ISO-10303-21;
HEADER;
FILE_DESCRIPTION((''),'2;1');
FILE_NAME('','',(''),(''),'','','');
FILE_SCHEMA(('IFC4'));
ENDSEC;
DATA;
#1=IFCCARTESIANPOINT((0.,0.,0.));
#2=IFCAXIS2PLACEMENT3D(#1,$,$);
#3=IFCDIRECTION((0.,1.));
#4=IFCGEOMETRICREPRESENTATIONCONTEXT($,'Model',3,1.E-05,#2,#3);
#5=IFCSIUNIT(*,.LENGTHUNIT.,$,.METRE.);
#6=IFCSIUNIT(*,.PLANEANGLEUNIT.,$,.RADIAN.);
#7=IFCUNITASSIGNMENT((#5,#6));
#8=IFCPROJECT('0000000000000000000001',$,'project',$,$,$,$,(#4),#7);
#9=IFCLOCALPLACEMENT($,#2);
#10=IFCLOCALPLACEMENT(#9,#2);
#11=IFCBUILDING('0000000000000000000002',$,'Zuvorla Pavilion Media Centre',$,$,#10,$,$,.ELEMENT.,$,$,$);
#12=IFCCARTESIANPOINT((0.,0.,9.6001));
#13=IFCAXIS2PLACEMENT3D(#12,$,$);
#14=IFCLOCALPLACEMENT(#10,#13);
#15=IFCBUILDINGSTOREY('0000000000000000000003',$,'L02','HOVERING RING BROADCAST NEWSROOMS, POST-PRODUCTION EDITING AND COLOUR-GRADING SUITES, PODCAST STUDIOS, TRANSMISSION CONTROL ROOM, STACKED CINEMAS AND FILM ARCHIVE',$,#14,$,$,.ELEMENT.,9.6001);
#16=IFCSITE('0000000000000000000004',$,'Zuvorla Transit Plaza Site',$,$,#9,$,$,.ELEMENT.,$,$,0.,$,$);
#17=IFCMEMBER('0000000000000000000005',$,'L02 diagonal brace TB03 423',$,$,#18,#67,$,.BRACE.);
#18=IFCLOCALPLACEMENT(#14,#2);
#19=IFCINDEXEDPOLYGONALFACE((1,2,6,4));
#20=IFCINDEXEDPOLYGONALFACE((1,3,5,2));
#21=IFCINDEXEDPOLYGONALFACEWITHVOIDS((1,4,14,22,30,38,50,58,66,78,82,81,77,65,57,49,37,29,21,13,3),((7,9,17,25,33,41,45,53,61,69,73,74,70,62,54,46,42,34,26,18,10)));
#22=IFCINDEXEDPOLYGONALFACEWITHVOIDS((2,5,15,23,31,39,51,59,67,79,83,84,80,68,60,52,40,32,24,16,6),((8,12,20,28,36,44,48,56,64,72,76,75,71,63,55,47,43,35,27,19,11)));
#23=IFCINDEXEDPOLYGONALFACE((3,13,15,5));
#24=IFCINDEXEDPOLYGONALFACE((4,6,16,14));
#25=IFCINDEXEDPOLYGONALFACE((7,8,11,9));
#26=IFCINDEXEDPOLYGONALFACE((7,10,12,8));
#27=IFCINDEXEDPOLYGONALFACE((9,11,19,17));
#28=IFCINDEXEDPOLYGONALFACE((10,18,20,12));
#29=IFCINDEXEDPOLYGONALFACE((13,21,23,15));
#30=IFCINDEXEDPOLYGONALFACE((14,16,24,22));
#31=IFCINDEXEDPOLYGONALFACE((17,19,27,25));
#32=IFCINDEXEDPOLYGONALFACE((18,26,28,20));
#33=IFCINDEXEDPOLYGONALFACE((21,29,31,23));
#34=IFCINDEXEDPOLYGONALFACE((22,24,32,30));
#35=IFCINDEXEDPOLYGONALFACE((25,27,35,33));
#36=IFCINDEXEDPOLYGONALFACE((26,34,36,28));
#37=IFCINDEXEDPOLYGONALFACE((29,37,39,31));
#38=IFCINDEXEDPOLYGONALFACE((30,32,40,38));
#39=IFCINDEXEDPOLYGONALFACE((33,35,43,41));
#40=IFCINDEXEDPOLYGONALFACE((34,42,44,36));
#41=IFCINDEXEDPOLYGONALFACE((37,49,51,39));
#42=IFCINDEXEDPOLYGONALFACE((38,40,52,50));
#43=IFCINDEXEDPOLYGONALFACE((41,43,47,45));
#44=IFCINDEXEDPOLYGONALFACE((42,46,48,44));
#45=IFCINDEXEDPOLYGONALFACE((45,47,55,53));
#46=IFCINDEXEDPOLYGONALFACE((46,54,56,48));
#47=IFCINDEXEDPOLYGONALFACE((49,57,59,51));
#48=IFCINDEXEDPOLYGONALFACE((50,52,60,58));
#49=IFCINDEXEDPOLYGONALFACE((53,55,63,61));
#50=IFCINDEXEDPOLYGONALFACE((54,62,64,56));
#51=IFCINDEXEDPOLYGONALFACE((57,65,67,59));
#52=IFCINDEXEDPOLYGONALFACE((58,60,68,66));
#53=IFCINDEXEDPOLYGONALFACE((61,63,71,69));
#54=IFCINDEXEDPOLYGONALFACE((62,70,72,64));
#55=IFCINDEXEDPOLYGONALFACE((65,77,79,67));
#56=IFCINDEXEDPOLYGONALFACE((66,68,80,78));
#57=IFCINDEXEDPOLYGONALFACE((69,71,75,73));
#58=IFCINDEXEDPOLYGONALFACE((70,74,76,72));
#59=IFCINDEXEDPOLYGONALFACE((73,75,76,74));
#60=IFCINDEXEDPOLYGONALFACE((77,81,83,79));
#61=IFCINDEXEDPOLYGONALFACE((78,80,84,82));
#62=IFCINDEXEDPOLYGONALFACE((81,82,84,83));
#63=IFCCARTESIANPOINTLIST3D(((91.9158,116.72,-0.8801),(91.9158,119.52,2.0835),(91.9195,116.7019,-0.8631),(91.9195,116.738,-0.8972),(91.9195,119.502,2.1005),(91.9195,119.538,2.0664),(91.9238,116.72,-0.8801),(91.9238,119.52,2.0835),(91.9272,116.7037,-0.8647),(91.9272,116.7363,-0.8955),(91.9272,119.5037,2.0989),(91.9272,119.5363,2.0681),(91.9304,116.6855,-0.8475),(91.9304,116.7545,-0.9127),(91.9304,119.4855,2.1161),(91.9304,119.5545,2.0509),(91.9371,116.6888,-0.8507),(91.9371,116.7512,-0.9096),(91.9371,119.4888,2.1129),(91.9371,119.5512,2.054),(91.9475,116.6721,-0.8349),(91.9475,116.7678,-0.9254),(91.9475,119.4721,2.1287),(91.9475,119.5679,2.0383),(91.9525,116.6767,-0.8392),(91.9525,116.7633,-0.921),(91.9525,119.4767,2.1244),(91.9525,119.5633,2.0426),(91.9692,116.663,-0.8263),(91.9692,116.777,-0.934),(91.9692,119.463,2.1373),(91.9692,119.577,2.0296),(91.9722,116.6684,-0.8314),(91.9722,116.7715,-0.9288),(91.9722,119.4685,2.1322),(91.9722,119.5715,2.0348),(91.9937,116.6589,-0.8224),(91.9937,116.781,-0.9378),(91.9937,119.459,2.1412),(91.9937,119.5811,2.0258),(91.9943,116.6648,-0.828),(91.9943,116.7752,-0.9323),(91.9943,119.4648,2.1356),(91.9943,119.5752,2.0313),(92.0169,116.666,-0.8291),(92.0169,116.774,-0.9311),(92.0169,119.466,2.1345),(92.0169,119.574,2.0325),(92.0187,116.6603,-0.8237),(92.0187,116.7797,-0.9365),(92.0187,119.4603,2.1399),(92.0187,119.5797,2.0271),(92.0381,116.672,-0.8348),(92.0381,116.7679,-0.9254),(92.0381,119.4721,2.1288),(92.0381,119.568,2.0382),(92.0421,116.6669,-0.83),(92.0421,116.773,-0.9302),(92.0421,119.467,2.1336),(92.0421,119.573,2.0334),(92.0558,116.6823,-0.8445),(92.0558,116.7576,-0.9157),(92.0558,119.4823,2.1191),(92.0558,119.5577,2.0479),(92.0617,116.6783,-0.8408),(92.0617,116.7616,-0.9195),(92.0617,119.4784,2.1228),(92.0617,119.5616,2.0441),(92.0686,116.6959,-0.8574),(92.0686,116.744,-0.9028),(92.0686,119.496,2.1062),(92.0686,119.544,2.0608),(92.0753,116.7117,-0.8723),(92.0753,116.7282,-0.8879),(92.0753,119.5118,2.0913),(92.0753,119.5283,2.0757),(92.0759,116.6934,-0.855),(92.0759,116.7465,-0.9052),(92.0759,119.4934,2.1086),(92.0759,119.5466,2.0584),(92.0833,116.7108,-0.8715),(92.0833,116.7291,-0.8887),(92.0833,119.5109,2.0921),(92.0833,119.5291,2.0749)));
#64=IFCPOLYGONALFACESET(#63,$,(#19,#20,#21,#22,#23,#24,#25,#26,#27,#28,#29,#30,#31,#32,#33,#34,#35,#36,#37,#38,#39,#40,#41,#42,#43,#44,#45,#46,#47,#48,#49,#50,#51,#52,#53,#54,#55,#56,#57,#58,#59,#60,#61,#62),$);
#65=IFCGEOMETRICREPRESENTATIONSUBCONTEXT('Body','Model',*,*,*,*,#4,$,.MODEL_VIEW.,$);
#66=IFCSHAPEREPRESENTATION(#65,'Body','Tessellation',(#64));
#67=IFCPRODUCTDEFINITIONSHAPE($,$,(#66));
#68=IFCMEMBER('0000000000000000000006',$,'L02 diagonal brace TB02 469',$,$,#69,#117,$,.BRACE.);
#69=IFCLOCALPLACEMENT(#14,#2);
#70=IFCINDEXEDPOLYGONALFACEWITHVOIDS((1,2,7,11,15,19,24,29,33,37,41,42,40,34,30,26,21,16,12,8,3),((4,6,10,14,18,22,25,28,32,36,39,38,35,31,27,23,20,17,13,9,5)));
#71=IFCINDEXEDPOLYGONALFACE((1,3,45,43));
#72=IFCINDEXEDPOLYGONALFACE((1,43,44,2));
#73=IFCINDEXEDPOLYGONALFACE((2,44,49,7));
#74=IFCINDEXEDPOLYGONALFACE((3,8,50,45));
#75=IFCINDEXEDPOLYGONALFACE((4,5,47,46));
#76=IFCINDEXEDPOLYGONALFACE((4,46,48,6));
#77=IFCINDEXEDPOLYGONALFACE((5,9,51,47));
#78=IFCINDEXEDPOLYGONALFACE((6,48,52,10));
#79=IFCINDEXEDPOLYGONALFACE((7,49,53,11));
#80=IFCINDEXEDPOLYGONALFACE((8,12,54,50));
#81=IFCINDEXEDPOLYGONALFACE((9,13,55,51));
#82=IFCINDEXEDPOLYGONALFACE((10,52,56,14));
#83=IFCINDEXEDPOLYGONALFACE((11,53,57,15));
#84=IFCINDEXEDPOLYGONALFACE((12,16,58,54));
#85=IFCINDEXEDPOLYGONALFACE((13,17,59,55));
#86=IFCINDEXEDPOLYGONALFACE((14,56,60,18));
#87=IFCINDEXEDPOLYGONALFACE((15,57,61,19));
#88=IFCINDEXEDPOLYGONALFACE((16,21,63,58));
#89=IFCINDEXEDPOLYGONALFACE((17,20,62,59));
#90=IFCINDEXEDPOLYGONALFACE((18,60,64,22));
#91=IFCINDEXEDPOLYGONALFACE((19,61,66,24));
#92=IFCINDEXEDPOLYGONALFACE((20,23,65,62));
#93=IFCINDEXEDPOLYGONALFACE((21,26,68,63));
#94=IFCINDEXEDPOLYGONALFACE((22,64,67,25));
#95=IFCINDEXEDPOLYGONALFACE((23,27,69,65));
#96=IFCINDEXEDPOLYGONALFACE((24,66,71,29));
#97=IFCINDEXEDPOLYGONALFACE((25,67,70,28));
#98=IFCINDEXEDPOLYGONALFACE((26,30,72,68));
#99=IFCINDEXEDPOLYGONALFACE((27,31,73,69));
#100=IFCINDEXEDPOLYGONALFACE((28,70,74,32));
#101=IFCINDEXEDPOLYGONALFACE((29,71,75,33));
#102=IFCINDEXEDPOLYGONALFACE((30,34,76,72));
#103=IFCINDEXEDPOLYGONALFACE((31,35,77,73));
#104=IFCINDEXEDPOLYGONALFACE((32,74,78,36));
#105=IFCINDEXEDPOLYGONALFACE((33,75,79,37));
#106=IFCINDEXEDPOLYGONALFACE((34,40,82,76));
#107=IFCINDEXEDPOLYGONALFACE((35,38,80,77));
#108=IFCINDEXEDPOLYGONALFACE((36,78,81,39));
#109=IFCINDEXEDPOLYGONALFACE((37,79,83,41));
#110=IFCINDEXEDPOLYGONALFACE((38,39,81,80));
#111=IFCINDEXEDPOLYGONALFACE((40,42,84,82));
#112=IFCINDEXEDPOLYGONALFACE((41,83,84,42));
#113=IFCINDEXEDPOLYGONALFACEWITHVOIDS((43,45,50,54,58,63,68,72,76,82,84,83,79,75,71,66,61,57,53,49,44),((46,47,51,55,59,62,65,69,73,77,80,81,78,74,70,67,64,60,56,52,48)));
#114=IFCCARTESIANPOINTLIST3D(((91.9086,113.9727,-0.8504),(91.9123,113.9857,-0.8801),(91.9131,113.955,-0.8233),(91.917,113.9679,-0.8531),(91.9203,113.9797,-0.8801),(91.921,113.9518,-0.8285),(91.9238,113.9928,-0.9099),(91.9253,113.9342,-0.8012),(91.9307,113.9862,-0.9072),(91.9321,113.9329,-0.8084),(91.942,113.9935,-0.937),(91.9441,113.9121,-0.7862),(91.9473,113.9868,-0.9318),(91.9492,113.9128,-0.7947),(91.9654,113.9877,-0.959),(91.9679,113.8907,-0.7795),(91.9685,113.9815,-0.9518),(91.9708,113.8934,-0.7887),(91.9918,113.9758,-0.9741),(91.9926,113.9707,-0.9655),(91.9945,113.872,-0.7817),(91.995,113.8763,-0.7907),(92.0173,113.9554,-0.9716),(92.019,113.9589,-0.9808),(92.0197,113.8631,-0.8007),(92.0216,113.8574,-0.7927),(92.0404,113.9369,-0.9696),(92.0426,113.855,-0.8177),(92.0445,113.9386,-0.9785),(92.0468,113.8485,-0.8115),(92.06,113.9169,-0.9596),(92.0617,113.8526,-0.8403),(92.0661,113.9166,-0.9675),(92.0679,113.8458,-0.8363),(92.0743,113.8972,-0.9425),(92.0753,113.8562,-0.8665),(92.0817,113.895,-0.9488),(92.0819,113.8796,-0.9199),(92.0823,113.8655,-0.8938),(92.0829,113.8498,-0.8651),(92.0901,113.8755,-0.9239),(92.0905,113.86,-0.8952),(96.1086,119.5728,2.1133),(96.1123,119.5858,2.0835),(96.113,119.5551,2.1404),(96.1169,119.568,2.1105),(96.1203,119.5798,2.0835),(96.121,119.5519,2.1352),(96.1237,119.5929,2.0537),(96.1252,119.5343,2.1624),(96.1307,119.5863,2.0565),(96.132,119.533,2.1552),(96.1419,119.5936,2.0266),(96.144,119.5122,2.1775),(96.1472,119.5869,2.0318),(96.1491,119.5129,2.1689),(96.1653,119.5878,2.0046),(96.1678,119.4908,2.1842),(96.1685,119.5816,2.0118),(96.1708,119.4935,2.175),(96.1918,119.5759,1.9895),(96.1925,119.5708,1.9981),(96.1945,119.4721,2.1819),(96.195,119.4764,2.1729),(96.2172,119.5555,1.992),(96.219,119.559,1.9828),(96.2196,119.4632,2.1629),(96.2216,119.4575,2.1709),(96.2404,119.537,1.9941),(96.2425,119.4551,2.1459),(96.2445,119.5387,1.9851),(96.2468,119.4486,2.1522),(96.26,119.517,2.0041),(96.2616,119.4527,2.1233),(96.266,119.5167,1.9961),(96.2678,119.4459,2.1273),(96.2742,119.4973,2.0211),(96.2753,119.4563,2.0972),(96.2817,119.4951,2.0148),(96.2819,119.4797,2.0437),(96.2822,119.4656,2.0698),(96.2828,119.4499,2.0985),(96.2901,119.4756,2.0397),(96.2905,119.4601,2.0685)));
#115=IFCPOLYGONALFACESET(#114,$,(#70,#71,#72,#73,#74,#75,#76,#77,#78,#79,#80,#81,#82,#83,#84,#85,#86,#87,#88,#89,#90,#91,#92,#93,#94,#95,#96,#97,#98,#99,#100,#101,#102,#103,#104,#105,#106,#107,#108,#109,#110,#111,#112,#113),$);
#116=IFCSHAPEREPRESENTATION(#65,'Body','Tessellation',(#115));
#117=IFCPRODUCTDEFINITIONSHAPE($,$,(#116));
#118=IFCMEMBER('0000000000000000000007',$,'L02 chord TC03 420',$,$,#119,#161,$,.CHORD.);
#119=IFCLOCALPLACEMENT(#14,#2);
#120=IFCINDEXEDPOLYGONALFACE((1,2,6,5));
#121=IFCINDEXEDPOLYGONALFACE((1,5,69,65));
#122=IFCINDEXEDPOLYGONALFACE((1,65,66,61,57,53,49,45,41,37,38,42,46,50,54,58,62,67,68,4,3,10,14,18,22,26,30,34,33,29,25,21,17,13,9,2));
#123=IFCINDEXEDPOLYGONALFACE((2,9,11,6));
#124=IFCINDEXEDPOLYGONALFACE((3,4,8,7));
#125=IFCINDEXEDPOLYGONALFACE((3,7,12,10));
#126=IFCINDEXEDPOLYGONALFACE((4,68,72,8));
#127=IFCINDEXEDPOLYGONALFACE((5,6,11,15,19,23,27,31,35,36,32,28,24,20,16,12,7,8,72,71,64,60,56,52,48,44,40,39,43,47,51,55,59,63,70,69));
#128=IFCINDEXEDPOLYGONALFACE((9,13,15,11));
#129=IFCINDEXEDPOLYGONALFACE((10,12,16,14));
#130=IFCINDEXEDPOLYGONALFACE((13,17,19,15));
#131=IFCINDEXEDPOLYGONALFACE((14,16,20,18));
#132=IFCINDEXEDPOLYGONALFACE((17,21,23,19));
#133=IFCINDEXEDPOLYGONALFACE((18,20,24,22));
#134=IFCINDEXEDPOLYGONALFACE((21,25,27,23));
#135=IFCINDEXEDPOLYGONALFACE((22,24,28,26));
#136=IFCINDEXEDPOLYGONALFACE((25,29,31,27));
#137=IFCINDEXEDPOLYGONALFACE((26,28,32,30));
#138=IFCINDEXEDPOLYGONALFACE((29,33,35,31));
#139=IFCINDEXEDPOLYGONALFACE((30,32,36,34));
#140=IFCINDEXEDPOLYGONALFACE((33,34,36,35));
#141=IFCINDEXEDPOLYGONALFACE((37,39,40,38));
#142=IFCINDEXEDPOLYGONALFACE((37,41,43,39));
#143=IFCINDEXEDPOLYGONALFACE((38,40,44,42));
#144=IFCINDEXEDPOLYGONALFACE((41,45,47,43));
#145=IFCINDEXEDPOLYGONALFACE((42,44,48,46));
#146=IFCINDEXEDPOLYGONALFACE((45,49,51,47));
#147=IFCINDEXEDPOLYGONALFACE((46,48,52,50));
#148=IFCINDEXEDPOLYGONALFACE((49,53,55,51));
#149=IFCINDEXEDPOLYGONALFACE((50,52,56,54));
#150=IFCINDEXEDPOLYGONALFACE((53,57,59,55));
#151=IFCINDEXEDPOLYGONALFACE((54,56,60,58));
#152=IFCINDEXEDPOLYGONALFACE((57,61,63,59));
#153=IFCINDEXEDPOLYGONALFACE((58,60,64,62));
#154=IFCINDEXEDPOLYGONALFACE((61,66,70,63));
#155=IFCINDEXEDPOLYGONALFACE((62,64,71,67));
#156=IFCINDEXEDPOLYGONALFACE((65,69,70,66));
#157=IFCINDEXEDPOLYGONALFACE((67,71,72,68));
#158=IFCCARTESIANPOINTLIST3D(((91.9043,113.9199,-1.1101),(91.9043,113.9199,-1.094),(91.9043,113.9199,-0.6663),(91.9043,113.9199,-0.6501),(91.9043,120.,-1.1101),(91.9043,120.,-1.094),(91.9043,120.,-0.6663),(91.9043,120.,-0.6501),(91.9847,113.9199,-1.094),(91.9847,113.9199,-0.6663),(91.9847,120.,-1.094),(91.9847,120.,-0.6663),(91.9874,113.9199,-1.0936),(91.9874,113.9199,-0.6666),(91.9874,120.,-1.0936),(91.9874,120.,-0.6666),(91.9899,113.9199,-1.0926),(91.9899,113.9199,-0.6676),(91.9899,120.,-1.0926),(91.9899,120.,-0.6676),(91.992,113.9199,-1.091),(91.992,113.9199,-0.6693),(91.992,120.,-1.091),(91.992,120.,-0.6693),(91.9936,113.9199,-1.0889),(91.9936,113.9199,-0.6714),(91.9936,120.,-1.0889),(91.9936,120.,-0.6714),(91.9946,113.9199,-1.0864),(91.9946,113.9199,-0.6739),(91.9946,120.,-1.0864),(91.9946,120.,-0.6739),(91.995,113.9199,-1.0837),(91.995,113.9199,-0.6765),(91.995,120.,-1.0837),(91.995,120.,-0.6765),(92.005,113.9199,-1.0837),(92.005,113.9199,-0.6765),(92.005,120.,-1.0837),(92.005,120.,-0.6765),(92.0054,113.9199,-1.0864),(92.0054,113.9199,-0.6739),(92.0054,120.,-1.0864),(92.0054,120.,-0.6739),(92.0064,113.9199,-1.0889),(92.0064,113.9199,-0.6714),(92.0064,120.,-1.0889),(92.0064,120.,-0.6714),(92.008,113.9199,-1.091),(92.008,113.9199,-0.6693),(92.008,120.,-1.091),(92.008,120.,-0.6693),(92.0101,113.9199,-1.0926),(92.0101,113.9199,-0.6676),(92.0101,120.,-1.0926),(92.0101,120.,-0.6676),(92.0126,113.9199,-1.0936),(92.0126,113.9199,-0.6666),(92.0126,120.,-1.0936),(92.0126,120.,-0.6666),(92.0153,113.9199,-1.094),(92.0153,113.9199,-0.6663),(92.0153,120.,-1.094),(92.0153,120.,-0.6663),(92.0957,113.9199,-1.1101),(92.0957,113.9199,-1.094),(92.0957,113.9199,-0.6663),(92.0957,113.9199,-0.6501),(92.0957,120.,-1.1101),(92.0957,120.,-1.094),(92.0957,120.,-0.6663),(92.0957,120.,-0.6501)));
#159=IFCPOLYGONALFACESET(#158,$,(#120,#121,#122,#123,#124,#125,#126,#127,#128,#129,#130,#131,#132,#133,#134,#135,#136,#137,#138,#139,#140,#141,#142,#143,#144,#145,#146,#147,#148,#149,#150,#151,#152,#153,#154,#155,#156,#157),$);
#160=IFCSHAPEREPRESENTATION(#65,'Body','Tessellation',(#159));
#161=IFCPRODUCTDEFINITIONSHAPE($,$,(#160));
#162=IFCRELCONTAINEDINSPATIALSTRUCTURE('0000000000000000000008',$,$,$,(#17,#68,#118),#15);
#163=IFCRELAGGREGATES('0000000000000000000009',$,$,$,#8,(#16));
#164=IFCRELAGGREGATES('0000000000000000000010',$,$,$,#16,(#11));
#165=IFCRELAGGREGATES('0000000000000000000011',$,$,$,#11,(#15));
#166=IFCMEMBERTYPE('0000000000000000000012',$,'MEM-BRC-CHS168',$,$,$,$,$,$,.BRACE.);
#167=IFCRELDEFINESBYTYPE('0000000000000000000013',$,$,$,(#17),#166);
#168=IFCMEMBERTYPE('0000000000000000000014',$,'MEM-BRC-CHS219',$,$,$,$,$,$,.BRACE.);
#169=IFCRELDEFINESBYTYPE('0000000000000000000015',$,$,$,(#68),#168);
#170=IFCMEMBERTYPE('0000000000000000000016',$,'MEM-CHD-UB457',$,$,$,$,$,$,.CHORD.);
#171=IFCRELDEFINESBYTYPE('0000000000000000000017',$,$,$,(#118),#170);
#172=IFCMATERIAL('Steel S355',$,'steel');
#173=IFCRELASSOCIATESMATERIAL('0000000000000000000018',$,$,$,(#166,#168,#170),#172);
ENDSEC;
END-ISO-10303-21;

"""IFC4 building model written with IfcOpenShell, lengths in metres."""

from ifc_helpers import new_model, si_unit, direction, frame, origin, origin_2d, place, context, subcontext, project, spatial, hollow_circle, i_section, extrude, material, material_profile, profile_set, type_object, element, save


model = new_model("IFC4")

# Units and contexts
model_context = context("Model", 3, precision=1e-05, world=origin(), true_north=direction((0.0, 1.0)))
body_context = subcontext(model_context, "Body", "Model", "MODEL_VIEW")
ifc_project = project(units=[si_unit("LENGTHUNIT", "METRE"), si_unit("PLANEANGLEUNIT", "RADIAN")], contexts=[model_context])

# Site, building, storey
site_placement = place(None, origin())
site = spatial("IfcSite", under=ifc_project, at=site_placement, Name="Zuvorla Transit Plaza Site", CompositionType="ELEMENT", RefElevation=0.0)
building_placement = place(site_placement, origin())
building = spatial("IfcBuilding", under=site, at=building_placement, Name="Zuvorla Pavilion Media Centre", CompositionType="ELEMENT")
storey_placement = place(building_placement, frame((0.0, 0.0, 9.6001)))
storey = spatial("IfcBuildingStorey", under=building, at=storey_placement, Name="L02", Description="HOVERING RING BROADCAST NEWSROOMS, POST-PRODUCTION EDITING AND COLOUR-GRADING SUITES, PODCAST STUDIOS, TRANSMISSION CONTROL ROOM, STACKED CINEMAS AND FILM ARCHIVE", CompositionType="ELEMENT", Elevation=9.6001)

# Shared definitions
ifc_material_1 = material(Name="Steel S355", Category="steel")

# Members
ifc_material_profile_1 = material_profile(ifc_material_1, hollow_circle(Radius=0.0842, WallThickness=0.0081, at=origin_2d()), Name="CHS 168.3x8")
ifc_profile_set_1 = profile_set([ifc_material_profile_1], Name="Steel S355")
member_type_1 = type_object("IfcMemberType", Name="MEM-BRC-CHS168", PredefinedType="BRACE", material=ifc_profile_set_1)
member_1_placement = place(storey_placement, frame((92.0, 116.72, -0.8801), z_axis=(0.0, 0.686762, 0.726882), x_axis=(-1.0, 0.0, 0.0)))
element("IfcMember", 1, at=member_1_placement, inside=storey, type_object=member_type_1, Name="L02 diagonal brace TB03 423", PredefinedType="BRACE", context=body_context, shape_type="SweptSolid", body=[
    extrude(hollow_circle(Radius=0.0842, WallThickness=0.0081, at=origin_2d()), origin(), (0.0, 0.0, 1.0), 4.0771),
])
ifc_material_profile_2 = material_profile(ifc_material_1, hollow_circle(Radius=0.1096, WallThickness=0.01, at=origin_2d()), Name="CHS 219.1x10")
ifc_profile_set_2 = profile_set([ifc_material_profile_2], Name="Steel S355")
member_type_2 = type_object("IfcMemberType", Name="MEM-BRC-CHS219", PredefinedType="BRACE", material=ifc_profile_set_2)
member_2_placement = place(storey_placement, frame((92.0, 113.9199, -0.8801), z_axis=(0.552512, 0.736704, 0.38987), x_axis=(-0.800008, 0.599989, 0.0)))
element("IfcMember", 2, at=member_2_placement, inside=storey, type_object=member_type_2, Name="L02 diagonal brace TB02 469", PredefinedType="BRACE", context=body_context, shape_type="SweptSolid", body=[
    extrude(hollow_circle(Radius=0.1096, WallThickness=0.01, at=origin_2d()), origin(), (0.0, 0.0, 1.0), 7.6016),
])
ifc_material_profile_3 = material_profile(ifc_material_1, i_section(OverallWidth=0.1914, OverallDepth=0.46, WebThickness=0.01, FlangeThickness=0.0161, FilletRadius=0.0103, at=origin_2d()), Name="UB 457x191x82")
ifc_profile_set_3 = profile_set([ifc_material_profile_3], Name="Steel S355")
member_type_3 = type_object("IfcMemberType", Name="MEM-CHD-UB457", PredefinedType="CHORD", material=ifc_profile_set_3)
member_3_placement = place(storey_placement, frame((92.0, 113.9199, -0.8801), z_axis=(0.0, 1.0, 0.0), x_axis=(-1.0, 0.0, 0.0)))
element("IfcMember", 3, at=member_3_placement, inside=storey, type_object=member_type_3, Name="L02 chord TC03 420", PredefinedType="CHORD", context=body_context, shape_type="SweptSolid", body=[
    extrude(i_section(OverallWidth=0.1914, OverallDepth=0.46, WebThickness=0.01, FlangeThickness=0.0161, FilletRadius=0.0103, at=origin_2d()), origin(), (0.0, 0.0, 1.0), 6.0801),
])

save(model, "model.ifc")
